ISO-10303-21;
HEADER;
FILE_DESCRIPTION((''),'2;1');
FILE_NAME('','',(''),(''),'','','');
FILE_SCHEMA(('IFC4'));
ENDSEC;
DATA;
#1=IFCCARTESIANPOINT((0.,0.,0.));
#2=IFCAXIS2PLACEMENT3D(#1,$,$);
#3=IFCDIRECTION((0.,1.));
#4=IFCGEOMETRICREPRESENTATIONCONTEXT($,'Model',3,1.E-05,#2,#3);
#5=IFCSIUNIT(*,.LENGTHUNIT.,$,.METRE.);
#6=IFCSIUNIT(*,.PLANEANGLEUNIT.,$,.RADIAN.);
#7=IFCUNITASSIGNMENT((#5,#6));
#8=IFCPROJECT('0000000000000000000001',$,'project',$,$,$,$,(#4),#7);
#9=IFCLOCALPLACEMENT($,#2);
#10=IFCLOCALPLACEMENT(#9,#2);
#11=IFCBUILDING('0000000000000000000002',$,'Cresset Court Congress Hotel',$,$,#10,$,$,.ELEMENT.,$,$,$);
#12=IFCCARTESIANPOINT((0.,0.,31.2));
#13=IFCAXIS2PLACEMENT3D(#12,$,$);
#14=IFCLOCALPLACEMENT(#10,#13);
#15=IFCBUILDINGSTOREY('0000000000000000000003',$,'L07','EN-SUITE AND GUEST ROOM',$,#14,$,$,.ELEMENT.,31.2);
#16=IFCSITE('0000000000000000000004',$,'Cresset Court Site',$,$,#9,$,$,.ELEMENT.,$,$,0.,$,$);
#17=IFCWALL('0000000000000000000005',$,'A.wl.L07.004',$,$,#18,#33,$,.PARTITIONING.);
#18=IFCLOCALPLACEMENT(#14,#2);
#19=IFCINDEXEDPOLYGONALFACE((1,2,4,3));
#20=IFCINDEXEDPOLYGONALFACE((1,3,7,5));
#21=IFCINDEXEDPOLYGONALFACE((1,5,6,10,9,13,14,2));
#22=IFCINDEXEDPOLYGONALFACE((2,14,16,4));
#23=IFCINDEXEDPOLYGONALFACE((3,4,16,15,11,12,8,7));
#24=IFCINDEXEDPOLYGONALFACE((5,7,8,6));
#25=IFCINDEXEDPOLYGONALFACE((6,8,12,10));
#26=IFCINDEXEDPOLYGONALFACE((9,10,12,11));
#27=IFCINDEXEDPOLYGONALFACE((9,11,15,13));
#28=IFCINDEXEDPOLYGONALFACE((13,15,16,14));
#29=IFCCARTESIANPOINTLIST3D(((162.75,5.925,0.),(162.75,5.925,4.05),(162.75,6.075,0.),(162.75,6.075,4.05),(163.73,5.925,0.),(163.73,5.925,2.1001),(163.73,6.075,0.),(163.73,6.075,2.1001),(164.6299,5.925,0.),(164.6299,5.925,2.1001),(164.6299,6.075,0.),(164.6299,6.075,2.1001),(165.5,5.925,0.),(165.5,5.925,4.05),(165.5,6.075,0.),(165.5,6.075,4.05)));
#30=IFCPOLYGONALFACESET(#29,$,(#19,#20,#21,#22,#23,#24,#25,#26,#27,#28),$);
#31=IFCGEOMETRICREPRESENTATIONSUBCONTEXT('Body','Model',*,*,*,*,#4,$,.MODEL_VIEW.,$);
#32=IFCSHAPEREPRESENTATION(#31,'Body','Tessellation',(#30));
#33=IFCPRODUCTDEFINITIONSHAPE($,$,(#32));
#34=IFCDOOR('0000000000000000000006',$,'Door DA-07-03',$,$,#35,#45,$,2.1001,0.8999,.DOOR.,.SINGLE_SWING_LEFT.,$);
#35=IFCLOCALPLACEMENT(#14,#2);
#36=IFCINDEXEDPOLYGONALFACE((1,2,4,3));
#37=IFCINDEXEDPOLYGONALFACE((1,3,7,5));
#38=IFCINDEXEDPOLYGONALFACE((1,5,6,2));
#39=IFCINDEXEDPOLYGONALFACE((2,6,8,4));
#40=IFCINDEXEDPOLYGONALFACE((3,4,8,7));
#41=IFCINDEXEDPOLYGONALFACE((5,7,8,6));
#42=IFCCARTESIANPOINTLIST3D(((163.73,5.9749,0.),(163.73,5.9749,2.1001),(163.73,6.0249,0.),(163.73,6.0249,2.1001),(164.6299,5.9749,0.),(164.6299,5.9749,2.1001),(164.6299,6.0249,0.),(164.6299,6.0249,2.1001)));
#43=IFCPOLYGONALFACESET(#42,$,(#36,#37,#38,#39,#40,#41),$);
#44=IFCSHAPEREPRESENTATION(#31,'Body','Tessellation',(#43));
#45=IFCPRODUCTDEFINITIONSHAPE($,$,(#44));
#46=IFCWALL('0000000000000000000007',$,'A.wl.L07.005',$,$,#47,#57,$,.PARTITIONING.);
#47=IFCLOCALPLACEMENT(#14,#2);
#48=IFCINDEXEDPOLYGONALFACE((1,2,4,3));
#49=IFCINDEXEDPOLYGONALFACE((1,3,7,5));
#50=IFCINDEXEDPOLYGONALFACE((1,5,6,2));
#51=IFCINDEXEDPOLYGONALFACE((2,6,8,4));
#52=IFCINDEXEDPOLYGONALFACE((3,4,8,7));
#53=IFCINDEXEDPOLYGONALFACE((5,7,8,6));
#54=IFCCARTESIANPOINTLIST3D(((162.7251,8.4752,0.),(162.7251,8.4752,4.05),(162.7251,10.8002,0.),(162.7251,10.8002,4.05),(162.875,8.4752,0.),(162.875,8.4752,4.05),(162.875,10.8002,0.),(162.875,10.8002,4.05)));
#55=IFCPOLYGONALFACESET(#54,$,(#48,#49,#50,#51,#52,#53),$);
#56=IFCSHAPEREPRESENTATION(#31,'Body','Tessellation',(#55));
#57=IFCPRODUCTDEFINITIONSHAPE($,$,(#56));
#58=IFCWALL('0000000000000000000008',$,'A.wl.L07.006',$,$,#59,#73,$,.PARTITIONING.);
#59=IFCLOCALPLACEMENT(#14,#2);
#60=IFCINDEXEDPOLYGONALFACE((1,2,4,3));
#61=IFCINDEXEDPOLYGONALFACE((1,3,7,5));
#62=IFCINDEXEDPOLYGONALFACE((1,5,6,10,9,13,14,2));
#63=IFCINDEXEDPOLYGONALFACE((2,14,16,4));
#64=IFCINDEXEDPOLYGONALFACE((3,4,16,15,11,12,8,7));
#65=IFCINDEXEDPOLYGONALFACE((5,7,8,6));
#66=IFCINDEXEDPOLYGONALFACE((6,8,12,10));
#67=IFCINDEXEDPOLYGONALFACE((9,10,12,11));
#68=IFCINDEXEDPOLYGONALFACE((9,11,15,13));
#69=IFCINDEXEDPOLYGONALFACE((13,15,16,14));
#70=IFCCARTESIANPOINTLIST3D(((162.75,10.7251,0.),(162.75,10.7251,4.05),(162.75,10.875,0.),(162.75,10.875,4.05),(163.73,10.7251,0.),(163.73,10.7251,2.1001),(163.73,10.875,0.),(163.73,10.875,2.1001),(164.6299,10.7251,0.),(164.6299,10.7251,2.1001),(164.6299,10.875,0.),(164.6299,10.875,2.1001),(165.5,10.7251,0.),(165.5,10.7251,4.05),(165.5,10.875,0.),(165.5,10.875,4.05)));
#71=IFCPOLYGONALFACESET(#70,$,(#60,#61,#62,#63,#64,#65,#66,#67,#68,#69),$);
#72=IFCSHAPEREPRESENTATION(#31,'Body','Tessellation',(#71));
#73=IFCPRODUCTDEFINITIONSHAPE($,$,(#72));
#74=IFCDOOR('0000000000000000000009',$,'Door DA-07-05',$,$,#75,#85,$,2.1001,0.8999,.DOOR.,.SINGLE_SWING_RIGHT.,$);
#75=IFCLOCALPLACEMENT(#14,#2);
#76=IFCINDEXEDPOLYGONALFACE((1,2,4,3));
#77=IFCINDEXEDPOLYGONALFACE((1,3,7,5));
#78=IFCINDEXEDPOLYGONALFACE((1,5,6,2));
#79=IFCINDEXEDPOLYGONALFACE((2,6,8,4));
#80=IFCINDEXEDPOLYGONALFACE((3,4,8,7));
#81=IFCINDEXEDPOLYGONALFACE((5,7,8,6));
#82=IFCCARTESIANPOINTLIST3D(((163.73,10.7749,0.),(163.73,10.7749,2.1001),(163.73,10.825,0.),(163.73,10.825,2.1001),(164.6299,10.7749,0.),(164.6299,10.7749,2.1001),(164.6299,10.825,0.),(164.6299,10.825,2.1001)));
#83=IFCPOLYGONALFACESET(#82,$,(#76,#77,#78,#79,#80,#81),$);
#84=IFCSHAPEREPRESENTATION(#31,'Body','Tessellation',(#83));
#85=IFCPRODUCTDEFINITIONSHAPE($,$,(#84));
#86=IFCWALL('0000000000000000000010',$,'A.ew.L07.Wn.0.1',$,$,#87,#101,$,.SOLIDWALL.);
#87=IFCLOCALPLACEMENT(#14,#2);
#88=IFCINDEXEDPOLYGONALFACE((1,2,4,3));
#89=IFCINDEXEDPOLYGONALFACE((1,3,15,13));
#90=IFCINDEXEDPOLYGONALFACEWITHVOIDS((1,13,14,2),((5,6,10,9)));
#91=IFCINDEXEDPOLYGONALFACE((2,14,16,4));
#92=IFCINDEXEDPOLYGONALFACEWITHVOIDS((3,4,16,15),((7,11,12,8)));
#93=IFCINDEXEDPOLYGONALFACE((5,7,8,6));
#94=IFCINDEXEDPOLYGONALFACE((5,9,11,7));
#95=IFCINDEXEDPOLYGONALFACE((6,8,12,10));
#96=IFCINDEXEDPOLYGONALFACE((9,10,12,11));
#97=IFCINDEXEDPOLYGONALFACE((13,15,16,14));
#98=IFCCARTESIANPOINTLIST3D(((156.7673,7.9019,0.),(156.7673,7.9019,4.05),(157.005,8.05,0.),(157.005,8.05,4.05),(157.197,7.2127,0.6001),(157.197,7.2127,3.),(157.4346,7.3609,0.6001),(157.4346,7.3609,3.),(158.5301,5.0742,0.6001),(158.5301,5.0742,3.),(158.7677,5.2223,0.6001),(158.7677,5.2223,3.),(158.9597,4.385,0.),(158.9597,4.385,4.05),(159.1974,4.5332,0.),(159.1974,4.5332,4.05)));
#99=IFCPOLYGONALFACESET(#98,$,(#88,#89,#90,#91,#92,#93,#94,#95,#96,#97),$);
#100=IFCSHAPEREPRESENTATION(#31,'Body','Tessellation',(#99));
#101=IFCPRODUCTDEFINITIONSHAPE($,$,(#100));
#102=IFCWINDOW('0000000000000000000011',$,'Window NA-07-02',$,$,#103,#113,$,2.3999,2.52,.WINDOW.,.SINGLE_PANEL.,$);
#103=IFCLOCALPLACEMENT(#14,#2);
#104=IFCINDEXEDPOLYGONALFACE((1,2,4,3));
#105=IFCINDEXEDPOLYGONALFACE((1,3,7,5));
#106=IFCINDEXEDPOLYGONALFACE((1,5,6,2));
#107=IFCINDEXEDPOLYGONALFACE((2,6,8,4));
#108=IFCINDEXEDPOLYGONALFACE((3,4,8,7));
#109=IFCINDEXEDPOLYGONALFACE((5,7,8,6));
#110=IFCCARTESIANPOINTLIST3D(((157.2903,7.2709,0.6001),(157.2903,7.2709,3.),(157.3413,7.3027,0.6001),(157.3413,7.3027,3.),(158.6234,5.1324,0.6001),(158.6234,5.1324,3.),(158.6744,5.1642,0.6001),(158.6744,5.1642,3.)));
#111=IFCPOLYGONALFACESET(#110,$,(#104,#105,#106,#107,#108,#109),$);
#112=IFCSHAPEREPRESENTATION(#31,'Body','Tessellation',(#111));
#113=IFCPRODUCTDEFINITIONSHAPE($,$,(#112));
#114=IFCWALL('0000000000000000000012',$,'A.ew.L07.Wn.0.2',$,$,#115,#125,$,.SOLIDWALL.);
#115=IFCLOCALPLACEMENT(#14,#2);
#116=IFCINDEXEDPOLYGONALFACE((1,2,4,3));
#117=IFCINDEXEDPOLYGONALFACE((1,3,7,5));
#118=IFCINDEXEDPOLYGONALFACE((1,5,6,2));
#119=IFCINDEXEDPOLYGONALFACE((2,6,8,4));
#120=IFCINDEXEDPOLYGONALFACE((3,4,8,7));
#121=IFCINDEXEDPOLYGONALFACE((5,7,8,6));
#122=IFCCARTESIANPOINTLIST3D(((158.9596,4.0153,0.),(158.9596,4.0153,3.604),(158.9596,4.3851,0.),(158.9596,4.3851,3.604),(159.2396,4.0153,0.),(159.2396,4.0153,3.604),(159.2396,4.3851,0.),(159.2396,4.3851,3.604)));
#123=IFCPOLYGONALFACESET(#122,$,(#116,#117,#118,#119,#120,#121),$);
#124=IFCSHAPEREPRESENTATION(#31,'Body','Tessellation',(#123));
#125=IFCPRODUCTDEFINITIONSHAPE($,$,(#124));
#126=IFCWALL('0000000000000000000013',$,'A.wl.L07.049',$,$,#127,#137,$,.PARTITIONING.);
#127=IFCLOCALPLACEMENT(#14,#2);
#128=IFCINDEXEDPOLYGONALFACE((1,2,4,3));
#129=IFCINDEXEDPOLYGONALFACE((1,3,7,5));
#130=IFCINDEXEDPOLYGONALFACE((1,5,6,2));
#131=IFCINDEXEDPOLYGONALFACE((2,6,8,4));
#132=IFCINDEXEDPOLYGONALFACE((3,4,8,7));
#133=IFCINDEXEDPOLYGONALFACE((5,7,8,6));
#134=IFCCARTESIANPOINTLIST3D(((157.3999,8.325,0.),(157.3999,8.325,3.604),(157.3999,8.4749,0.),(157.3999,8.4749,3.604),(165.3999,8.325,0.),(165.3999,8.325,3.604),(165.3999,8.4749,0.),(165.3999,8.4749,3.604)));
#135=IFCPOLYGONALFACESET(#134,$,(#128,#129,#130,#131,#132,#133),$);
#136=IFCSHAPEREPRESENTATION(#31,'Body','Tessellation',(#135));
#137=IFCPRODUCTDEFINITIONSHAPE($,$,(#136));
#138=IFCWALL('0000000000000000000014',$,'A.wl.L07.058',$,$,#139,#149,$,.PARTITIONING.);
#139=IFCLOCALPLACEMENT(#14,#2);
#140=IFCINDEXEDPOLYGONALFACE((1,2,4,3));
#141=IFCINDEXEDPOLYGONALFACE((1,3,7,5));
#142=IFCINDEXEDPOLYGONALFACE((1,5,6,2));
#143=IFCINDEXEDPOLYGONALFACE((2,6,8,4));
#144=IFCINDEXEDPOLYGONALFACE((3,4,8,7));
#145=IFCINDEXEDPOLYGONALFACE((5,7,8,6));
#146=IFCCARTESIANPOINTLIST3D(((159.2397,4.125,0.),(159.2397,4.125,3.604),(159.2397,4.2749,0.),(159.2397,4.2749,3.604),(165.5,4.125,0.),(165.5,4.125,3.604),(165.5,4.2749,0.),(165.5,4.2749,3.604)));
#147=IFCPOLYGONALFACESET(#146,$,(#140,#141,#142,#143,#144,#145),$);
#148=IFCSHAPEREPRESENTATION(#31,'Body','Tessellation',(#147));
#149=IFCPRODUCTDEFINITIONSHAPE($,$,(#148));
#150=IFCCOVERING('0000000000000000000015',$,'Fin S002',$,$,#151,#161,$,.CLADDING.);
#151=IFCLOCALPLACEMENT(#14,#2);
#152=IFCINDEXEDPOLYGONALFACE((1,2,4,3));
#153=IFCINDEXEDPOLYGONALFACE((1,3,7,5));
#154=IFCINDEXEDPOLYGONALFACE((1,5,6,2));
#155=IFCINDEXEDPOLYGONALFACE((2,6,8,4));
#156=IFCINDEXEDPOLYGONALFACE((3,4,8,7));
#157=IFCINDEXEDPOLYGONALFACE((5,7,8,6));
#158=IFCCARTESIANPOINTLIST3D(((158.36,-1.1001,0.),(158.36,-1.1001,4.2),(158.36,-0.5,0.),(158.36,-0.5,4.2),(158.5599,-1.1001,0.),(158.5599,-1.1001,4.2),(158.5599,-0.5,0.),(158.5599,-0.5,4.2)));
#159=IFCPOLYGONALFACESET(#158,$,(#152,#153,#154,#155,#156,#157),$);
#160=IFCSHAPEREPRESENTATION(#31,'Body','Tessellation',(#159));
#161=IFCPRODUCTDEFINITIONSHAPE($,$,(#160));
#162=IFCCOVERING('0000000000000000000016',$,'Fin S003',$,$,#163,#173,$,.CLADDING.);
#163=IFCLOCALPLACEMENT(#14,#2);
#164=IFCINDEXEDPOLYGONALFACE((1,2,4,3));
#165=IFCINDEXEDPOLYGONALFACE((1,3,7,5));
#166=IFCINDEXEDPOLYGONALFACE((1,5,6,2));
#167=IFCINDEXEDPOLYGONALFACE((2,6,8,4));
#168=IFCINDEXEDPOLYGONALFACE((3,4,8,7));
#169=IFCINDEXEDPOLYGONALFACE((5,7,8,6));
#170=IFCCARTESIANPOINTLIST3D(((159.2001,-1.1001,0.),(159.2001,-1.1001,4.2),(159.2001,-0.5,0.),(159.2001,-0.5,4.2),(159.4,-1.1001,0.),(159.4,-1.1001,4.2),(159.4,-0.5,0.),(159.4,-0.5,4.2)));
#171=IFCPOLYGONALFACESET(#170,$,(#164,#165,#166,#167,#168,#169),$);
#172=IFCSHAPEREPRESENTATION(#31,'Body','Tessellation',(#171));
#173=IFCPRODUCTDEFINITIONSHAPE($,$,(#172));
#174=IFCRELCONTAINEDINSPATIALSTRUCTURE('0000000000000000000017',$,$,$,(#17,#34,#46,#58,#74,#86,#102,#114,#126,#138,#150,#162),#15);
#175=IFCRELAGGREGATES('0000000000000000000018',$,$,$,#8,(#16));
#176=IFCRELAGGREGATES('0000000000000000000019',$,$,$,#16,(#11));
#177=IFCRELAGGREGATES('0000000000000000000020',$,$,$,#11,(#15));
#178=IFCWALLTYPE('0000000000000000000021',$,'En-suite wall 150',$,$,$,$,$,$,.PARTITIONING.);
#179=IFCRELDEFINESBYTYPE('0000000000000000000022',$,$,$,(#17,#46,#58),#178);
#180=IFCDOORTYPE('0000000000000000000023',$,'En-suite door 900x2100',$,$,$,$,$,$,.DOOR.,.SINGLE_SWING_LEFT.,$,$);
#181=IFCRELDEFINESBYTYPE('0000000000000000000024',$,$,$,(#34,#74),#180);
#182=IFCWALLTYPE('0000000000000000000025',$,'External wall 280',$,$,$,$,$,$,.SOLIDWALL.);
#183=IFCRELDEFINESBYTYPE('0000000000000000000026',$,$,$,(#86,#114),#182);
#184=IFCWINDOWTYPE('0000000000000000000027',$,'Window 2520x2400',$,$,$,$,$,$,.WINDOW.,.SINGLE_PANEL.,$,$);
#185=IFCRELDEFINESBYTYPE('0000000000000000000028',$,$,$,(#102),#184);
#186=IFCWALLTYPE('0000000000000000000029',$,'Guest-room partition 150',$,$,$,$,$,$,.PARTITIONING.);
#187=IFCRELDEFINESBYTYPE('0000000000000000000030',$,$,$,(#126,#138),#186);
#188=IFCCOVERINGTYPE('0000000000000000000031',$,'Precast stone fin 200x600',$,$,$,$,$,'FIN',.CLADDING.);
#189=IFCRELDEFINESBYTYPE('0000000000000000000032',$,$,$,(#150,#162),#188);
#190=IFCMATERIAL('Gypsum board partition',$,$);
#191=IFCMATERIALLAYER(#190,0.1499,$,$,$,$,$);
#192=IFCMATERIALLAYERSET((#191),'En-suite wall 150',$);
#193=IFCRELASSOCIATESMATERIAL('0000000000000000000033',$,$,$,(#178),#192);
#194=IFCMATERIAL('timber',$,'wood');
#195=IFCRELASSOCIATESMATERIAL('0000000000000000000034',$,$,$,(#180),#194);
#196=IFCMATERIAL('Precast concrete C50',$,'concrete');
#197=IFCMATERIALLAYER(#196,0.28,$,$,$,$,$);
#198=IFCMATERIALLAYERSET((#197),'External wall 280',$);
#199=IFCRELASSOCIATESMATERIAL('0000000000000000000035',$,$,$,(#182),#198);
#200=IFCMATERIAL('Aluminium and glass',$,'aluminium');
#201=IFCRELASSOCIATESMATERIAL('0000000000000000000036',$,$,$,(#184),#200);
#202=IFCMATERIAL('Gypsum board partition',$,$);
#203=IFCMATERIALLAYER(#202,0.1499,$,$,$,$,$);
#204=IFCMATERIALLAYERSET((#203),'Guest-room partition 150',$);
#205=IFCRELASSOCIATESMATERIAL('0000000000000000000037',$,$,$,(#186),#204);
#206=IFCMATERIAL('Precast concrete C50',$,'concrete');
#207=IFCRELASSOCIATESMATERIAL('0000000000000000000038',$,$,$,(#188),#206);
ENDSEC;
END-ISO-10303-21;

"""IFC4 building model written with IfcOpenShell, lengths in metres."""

from ifc_helpers import new_model, si_unit, direction, frame, frame_2d, origin, origin_2d, place, context, subcontext, project, spatial, rectangle, extrude, material, layer, layer_set, type_object, element, fill, save


model = new_model("IFC4")

# Units and contexts
model_context = context("Model", 3, precision=1e-05, world=origin(), true_north=direction((0.0, 1.0)))
body_context = subcontext(model_context, "Body", "Model", "MODEL_VIEW")
ifc_project = project(units=[si_unit("LENGTHUNIT", "METRE"), si_unit("PLANEANGLEUNIT", "RADIAN")], contexts=[model_context])

# Site, building, storey
site_placement = place(None, origin())
site = spatial("IfcSite", under=ifc_project, at=site_placement, Name="Cresset Court Site", CompositionType="ELEMENT", RefElevation=0.0)
building_placement = place(site_placement, origin())
building = spatial("IfcBuilding", under=site, at=building_placement, Name="Cresset Court Congress Hotel", CompositionType="ELEMENT")
storey_placement = place(building_placement, frame((0.0, 0.0, 31.2)))
storey = spatial("IfcBuildingStorey", under=building, at=storey_placement, Name="L07", Description="EN-SUITE AND GUEST ROOM", CompositionType="ELEMENT", Elevation=31.2)

# Shared definitions
ifc_material_1 = material(Name="Gypsum board partition")
ifc_layer_1 = layer(ifc_material_1, 0.1499)
ifc_layer_set_1 = layer_set([ifc_layer_1], Name="En-suite wall 150")
wall_type_1 = type_object("IfcWallType", Name="En-suite wall 150", PredefinedType="PARTITIONING", material=ifc_layer_set_1)

# Shared definitions
ifc_material_2 = material(Name="timber", Category="wood")
door_type = type_object("IfcDoorType", Name="En-suite door 900x2100", OperationType="SINGLE_SWING_LEFT", PredefinedType="DOOR", material=ifc_material_2)

# Wall, opening, door
wall_1_placement = place(storey_placement, frame((162.75, 6.0, 0.0), z_axis=(0.0, 0.0, 1.0), x_axis=(1.0, 0.0, 0.0)))
wall_1 = element("IfcWall", 1, at=wall_1_placement, inside=storey, type_object=wall_type_1, Name="A.wl.L07.004", PredefinedType="PARTITIONING", context=body_context, shape_type="SweptSolid", body=[
    extrude(rectangle(XDim=2.75, YDim=0.1499, at=frame_2d((1.375, 0.0))), origin(), (0.0, 0.0, 1.0), 4.05),
])
opening_1_placement = place(wall_1_placement, frame((0.98, 0.0, 0.0)))
opening_1 = element("IfcOpeningElement", 2, at=opening_1_placement, cuts=wall_1, PredefinedType="OPENING", context=body_context, shape_type="SweptSolid", body=[
    extrude(rectangle(XDim=0.8999, YDim=2.1001, at=frame_2d((0.45, 1.05))), frame((0.0, 0.085, 0.0), z_axis=(0.0, -1.0, 0.0), x_axis=(1.0, 0.0, 0.0)), (0.0, 0.0, 1.0), 0.1699),
])
door_1_placement = place(opening_1_placement, origin())
door_1 = element("IfcDoor", 3, at=door_1_placement, inside=storey, type_object=door_type, Name="Door DA-07-03", OperationType="SINGLE_SWING_LEFT", OverallHeight=2.1001, OverallWidth=0.8999, PredefinedType="DOOR", context=body_context, shape_type="SweptSolid", body=[
    extrude(rectangle(XDim=0.8999, YDim=2.1001, at=frame_2d((0.45, 1.05))), frame((0.0, 0.0249, 0.0), z_axis=(0.0, -1.0, 0.0), x_axis=(1.0, 0.0, 0.0)), (0.0, 0.0, 1.0), 0.05),
])
fill(opening_1, door_1)

# Wall
wall_2_placement = place(storey_placement, frame((162.8, 8.4751, 0.0), z_axis=(0.0, 0.0, 1.0), x_axis=(0.0, 1.0, 0.0)))
element("IfcWall", 4, at=wall_2_placement, inside=storey, type_object=wall_type_1, Name="A.wl.L07.005", PredefinedType="PARTITIONING", context=body_context, shape_type="SweptSolid", body=[
    extrude(rectangle(XDim=2.325, YDim=0.1499, at=frame_2d((1.1626, 0.0))), origin(), (0.0, 0.0, 1.0), 4.05),
])

# Wall, opening, door
wall_3_placement = place(storey_placement, frame((162.75, 10.8, 0.0), z_axis=(0.0, 0.0, 1.0), x_axis=(1.0, 0.0, 0.0)))
wall_3 = element("IfcWall", 5, at=wall_3_placement, inside=storey, type_object=wall_type_1, Name="A.wl.L07.006", PredefinedType="PARTITIONING", context=body_context, shape_type="SweptSolid", body=[
    extrude(rectangle(XDim=2.75, YDim=0.1499, at=frame_2d((1.375, 0.0))), origin(), (0.0, 0.0, 1.0), 4.05),
])
opening_2_placement = place(wall_3_placement, frame((0.98, 0.0, 0.0)))
opening_2 = element("IfcOpeningElement", 6, at=opening_2_placement, cuts=wall_3, PredefinedType="OPENING", context=body_context, shape_type="SweptSolid", body=[
    extrude(rectangle(XDim=0.8999, YDim=2.1001, at=frame_2d((0.45, 1.05))), frame((0.0, 0.085, 0.0), z_axis=(0.0, -1.0, 0.0), x_axis=(1.0, 0.0, 0.0)), (0.0, 0.0, 1.0), 0.1699),
])
door_2_placement = place(opening_2_placement, origin())
door_2 = element("IfcDoor", 7, at=door_2_placement, inside=storey, type_object=door_type, Name="Door DA-07-05", OperationType="SINGLE_SWING_RIGHT", OverallHeight=2.1001, OverallWidth=0.8999, PredefinedType="DOOR", context=body_context, shape_type="SweptSolid", body=[
    extrude(rectangle(XDim=0.8999, YDim=2.1001, at=frame_2d((0.45, 1.05))), frame((0.0, 0.0249, 0.0), z_axis=(0.0, -1.0, 0.0), x_axis=(1.0, 0.0, 0.0)), (0.0, 0.0, 1.0), 0.05),
])
fill(opening_2, door_2)

# Wall, opening, window
ifc_material_3 = material(Name="Precast concrete C50", Category="concrete")
ifc_layer_2 = layer(ifc_material_3, 0.28)
ifc_layer_set_2 = layer_set([ifc_layer_2], Name="External wall 280")
wall_type_2 = type_object("IfcWallType", Name="External wall 280", PredefinedType="SOLIDWALL", material=ifc_layer_set_2)
wall_4_placement = place(storey_placement, frame((159.0786, 4.459, 0.0), z_axis=(0.0, 0.0, 1.0), x_axis=(-0.529019, 0.84861, 0.0)))
wall_4 = element("IfcWall", 8, at=wall_4_placement, inside=storey, type_object=wall_type_2, Name="A.ew.L07.Wn.0.1", PredefinedType="SOLIDWALL", context=body_context, shape_type="SweptSolid", body=[
    extrude(rectangle(XDim=4.1443, YDim=0.28, at=frame_2d((2.0723, 0.0))), origin(), (0.0, 0.0, 1.0), 4.05),
])
opening_3_placement = place(wall_4_placement, frame((0.8123, 0.0, 0.6001)))
opening_3 = element("IfcOpeningElement", 9, at=opening_3_placement, cuts=wall_4, PredefinedType="OPENING", context=body_context, shape_type="SweptSolid", body=[
    extrude(rectangle(XDim=2.52, YDim=2.3999, at=frame_2d((1.26, 1.2))), frame((0.0, 0.1499, 0.0), z_axis=(0.0, -1.0, 0.0), x_axis=(1.0, 0.0, 0.0)), (0.0, 0.0, 1.0), 0.3),
])
ifc_material_4 = material(Name="Aluminium and glass", Category="aluminium")
window_type = type_object("IfcWindowType", Name="Window 2520x2400", PartitioningType="SINGLE_PANEL", PredefinedType="WINDOW", material=ifc_material_4)
window_placement = place(opening_3_placement, origin())
window = element("IfcWindow", 10, at=window_placement, inside=storey, type_object=window_type, Name="Window NA-07-02", OverallHeight=2.3999, OverallWidth=2.52, PartitioningType="SINGLE_PANEL", PredefinedType="WINDOW", context=body_context, shape_type="SweptSolid", body=[
    extrude(rectangle(XDim=2.52, YDim=2.3999, at=frame_2d((1.26, 1.2))), frame((0.0, 0.03, 0.0), z_axis=(0.0, -1.0, 0.0), x_axis=(1.0, 0.0, 0.0)), (0.0, 0.0, 1.0), 0.0601),
])
fill(opening_3, window)

# Walls
wall_5_placement = place(storey_placement, frame((159.0996, 4.0151, 0.0), z_axis=(0.0, 0.0, 1.0), x_axis=(0.0, 1.0, 0.0)))
element("IfcWall", 11, at=wall_5_placement, inside=storey, type_object=wall_type_2, Name="A.ew.L07.Wn.0.2", PredefinedType="SOLIDWALL", context=body_context, shape_type="SweptSolid", body=[
    extrude(rectangle(XDim=0.3699, YDim=0.28, at=frame_2d((0.1851, 0.0))), origin(), (0.0, 0.0, 1.0), 3.604),
])
ifc_material_5 = material(Name="Gypsum board partition")
ifc_layer_3 = layer(ifc_material_5, 0.1499)
ifc_layer_set_3 = layer_set([ifc_layer_3], Name="Guest-room partition 150")
wall_type_3 = type_object("IfcWallType", Name="Guest-room partition 150", PredefinedType="PARTITIONING", material=ifc_layer_set_3)
wall_6_placement = place(storey_placement, frame((157.3999, 8.3999, 0.0), z_axis=(0.0, 0.0, 1.0), x_axis=(1.0, 0.0, 0.0)))
element("IfcWall", 12, at=wall_6_placement, inside=storey, type_object=wall_type_3, Name="A.wl.L07.049", PredefinedType="PARTITIONING", context=body_context, shape_type="SweptSolid", body=[
    extrude(rectangle(XDim=8.0, YDim=0.1499, at=frame_2d((4.0, 0.0))), origin(), (0.0, 0.0, 1.0), 3.604),
])
wall_7_placement = place(storey_placement, frame((159.2397, 4.2, 0.0), z_axis=(0.0, 0.0, 1.0), x_axis=(1.0, 0.0, 0.0)))
element("IfcWall", 13, at=wall_7_placement, inside=storey, type_object=wall_type_3, Name="A.wl.L07.058", PredefinedType="PARTITIONING", context=body_context, shape_type="SweptSolid", body=[
    extrude(rectangle(XDim=6.2603, YDim=0.1499, at=frame_2d((3.1301, 0.0))), origin(), (0.0, 0.0, 1.0), 3.604),
])

# Coverings
ifc_material_6 = material(Name="Precast concrete C50", Category="concrete")
covering_type_1 = type_object("IfcCoveringType", Name="Precast stone fin 200x600", ElementType="FIN", PredefinedType="CLADDING", material=ifc_material_6)
for number, where, z_axis, x_axis, name in (
    (14, (158.46, -0.8, 0.0), (0.0, 0.0, 1.0), (1.0, 0.0, 0.0), "Fin S002"),
    (15, (159.3, -0.8, 0.0), (0.0, 0.0, 1.0), (1.0, 0.0, 0.0), "Fin S003"),
):
    element("IfcCovering", number, at=place(storey_placement, frame(where, z_axis=z_axis, x_axis=x_axis)), inside=storey, type_object=covering_type_1, Name=name, PredefinedType="CLADDING", context=body_context, shape_type="SweptSolid", body=[
        extrude(rectangle(XDim=0.2, YDim=0.6001, at=origin_2d()), origin(), (0.0, 0.0, 1.0), 4.2),
    ])

save(model, "model.ifc")
